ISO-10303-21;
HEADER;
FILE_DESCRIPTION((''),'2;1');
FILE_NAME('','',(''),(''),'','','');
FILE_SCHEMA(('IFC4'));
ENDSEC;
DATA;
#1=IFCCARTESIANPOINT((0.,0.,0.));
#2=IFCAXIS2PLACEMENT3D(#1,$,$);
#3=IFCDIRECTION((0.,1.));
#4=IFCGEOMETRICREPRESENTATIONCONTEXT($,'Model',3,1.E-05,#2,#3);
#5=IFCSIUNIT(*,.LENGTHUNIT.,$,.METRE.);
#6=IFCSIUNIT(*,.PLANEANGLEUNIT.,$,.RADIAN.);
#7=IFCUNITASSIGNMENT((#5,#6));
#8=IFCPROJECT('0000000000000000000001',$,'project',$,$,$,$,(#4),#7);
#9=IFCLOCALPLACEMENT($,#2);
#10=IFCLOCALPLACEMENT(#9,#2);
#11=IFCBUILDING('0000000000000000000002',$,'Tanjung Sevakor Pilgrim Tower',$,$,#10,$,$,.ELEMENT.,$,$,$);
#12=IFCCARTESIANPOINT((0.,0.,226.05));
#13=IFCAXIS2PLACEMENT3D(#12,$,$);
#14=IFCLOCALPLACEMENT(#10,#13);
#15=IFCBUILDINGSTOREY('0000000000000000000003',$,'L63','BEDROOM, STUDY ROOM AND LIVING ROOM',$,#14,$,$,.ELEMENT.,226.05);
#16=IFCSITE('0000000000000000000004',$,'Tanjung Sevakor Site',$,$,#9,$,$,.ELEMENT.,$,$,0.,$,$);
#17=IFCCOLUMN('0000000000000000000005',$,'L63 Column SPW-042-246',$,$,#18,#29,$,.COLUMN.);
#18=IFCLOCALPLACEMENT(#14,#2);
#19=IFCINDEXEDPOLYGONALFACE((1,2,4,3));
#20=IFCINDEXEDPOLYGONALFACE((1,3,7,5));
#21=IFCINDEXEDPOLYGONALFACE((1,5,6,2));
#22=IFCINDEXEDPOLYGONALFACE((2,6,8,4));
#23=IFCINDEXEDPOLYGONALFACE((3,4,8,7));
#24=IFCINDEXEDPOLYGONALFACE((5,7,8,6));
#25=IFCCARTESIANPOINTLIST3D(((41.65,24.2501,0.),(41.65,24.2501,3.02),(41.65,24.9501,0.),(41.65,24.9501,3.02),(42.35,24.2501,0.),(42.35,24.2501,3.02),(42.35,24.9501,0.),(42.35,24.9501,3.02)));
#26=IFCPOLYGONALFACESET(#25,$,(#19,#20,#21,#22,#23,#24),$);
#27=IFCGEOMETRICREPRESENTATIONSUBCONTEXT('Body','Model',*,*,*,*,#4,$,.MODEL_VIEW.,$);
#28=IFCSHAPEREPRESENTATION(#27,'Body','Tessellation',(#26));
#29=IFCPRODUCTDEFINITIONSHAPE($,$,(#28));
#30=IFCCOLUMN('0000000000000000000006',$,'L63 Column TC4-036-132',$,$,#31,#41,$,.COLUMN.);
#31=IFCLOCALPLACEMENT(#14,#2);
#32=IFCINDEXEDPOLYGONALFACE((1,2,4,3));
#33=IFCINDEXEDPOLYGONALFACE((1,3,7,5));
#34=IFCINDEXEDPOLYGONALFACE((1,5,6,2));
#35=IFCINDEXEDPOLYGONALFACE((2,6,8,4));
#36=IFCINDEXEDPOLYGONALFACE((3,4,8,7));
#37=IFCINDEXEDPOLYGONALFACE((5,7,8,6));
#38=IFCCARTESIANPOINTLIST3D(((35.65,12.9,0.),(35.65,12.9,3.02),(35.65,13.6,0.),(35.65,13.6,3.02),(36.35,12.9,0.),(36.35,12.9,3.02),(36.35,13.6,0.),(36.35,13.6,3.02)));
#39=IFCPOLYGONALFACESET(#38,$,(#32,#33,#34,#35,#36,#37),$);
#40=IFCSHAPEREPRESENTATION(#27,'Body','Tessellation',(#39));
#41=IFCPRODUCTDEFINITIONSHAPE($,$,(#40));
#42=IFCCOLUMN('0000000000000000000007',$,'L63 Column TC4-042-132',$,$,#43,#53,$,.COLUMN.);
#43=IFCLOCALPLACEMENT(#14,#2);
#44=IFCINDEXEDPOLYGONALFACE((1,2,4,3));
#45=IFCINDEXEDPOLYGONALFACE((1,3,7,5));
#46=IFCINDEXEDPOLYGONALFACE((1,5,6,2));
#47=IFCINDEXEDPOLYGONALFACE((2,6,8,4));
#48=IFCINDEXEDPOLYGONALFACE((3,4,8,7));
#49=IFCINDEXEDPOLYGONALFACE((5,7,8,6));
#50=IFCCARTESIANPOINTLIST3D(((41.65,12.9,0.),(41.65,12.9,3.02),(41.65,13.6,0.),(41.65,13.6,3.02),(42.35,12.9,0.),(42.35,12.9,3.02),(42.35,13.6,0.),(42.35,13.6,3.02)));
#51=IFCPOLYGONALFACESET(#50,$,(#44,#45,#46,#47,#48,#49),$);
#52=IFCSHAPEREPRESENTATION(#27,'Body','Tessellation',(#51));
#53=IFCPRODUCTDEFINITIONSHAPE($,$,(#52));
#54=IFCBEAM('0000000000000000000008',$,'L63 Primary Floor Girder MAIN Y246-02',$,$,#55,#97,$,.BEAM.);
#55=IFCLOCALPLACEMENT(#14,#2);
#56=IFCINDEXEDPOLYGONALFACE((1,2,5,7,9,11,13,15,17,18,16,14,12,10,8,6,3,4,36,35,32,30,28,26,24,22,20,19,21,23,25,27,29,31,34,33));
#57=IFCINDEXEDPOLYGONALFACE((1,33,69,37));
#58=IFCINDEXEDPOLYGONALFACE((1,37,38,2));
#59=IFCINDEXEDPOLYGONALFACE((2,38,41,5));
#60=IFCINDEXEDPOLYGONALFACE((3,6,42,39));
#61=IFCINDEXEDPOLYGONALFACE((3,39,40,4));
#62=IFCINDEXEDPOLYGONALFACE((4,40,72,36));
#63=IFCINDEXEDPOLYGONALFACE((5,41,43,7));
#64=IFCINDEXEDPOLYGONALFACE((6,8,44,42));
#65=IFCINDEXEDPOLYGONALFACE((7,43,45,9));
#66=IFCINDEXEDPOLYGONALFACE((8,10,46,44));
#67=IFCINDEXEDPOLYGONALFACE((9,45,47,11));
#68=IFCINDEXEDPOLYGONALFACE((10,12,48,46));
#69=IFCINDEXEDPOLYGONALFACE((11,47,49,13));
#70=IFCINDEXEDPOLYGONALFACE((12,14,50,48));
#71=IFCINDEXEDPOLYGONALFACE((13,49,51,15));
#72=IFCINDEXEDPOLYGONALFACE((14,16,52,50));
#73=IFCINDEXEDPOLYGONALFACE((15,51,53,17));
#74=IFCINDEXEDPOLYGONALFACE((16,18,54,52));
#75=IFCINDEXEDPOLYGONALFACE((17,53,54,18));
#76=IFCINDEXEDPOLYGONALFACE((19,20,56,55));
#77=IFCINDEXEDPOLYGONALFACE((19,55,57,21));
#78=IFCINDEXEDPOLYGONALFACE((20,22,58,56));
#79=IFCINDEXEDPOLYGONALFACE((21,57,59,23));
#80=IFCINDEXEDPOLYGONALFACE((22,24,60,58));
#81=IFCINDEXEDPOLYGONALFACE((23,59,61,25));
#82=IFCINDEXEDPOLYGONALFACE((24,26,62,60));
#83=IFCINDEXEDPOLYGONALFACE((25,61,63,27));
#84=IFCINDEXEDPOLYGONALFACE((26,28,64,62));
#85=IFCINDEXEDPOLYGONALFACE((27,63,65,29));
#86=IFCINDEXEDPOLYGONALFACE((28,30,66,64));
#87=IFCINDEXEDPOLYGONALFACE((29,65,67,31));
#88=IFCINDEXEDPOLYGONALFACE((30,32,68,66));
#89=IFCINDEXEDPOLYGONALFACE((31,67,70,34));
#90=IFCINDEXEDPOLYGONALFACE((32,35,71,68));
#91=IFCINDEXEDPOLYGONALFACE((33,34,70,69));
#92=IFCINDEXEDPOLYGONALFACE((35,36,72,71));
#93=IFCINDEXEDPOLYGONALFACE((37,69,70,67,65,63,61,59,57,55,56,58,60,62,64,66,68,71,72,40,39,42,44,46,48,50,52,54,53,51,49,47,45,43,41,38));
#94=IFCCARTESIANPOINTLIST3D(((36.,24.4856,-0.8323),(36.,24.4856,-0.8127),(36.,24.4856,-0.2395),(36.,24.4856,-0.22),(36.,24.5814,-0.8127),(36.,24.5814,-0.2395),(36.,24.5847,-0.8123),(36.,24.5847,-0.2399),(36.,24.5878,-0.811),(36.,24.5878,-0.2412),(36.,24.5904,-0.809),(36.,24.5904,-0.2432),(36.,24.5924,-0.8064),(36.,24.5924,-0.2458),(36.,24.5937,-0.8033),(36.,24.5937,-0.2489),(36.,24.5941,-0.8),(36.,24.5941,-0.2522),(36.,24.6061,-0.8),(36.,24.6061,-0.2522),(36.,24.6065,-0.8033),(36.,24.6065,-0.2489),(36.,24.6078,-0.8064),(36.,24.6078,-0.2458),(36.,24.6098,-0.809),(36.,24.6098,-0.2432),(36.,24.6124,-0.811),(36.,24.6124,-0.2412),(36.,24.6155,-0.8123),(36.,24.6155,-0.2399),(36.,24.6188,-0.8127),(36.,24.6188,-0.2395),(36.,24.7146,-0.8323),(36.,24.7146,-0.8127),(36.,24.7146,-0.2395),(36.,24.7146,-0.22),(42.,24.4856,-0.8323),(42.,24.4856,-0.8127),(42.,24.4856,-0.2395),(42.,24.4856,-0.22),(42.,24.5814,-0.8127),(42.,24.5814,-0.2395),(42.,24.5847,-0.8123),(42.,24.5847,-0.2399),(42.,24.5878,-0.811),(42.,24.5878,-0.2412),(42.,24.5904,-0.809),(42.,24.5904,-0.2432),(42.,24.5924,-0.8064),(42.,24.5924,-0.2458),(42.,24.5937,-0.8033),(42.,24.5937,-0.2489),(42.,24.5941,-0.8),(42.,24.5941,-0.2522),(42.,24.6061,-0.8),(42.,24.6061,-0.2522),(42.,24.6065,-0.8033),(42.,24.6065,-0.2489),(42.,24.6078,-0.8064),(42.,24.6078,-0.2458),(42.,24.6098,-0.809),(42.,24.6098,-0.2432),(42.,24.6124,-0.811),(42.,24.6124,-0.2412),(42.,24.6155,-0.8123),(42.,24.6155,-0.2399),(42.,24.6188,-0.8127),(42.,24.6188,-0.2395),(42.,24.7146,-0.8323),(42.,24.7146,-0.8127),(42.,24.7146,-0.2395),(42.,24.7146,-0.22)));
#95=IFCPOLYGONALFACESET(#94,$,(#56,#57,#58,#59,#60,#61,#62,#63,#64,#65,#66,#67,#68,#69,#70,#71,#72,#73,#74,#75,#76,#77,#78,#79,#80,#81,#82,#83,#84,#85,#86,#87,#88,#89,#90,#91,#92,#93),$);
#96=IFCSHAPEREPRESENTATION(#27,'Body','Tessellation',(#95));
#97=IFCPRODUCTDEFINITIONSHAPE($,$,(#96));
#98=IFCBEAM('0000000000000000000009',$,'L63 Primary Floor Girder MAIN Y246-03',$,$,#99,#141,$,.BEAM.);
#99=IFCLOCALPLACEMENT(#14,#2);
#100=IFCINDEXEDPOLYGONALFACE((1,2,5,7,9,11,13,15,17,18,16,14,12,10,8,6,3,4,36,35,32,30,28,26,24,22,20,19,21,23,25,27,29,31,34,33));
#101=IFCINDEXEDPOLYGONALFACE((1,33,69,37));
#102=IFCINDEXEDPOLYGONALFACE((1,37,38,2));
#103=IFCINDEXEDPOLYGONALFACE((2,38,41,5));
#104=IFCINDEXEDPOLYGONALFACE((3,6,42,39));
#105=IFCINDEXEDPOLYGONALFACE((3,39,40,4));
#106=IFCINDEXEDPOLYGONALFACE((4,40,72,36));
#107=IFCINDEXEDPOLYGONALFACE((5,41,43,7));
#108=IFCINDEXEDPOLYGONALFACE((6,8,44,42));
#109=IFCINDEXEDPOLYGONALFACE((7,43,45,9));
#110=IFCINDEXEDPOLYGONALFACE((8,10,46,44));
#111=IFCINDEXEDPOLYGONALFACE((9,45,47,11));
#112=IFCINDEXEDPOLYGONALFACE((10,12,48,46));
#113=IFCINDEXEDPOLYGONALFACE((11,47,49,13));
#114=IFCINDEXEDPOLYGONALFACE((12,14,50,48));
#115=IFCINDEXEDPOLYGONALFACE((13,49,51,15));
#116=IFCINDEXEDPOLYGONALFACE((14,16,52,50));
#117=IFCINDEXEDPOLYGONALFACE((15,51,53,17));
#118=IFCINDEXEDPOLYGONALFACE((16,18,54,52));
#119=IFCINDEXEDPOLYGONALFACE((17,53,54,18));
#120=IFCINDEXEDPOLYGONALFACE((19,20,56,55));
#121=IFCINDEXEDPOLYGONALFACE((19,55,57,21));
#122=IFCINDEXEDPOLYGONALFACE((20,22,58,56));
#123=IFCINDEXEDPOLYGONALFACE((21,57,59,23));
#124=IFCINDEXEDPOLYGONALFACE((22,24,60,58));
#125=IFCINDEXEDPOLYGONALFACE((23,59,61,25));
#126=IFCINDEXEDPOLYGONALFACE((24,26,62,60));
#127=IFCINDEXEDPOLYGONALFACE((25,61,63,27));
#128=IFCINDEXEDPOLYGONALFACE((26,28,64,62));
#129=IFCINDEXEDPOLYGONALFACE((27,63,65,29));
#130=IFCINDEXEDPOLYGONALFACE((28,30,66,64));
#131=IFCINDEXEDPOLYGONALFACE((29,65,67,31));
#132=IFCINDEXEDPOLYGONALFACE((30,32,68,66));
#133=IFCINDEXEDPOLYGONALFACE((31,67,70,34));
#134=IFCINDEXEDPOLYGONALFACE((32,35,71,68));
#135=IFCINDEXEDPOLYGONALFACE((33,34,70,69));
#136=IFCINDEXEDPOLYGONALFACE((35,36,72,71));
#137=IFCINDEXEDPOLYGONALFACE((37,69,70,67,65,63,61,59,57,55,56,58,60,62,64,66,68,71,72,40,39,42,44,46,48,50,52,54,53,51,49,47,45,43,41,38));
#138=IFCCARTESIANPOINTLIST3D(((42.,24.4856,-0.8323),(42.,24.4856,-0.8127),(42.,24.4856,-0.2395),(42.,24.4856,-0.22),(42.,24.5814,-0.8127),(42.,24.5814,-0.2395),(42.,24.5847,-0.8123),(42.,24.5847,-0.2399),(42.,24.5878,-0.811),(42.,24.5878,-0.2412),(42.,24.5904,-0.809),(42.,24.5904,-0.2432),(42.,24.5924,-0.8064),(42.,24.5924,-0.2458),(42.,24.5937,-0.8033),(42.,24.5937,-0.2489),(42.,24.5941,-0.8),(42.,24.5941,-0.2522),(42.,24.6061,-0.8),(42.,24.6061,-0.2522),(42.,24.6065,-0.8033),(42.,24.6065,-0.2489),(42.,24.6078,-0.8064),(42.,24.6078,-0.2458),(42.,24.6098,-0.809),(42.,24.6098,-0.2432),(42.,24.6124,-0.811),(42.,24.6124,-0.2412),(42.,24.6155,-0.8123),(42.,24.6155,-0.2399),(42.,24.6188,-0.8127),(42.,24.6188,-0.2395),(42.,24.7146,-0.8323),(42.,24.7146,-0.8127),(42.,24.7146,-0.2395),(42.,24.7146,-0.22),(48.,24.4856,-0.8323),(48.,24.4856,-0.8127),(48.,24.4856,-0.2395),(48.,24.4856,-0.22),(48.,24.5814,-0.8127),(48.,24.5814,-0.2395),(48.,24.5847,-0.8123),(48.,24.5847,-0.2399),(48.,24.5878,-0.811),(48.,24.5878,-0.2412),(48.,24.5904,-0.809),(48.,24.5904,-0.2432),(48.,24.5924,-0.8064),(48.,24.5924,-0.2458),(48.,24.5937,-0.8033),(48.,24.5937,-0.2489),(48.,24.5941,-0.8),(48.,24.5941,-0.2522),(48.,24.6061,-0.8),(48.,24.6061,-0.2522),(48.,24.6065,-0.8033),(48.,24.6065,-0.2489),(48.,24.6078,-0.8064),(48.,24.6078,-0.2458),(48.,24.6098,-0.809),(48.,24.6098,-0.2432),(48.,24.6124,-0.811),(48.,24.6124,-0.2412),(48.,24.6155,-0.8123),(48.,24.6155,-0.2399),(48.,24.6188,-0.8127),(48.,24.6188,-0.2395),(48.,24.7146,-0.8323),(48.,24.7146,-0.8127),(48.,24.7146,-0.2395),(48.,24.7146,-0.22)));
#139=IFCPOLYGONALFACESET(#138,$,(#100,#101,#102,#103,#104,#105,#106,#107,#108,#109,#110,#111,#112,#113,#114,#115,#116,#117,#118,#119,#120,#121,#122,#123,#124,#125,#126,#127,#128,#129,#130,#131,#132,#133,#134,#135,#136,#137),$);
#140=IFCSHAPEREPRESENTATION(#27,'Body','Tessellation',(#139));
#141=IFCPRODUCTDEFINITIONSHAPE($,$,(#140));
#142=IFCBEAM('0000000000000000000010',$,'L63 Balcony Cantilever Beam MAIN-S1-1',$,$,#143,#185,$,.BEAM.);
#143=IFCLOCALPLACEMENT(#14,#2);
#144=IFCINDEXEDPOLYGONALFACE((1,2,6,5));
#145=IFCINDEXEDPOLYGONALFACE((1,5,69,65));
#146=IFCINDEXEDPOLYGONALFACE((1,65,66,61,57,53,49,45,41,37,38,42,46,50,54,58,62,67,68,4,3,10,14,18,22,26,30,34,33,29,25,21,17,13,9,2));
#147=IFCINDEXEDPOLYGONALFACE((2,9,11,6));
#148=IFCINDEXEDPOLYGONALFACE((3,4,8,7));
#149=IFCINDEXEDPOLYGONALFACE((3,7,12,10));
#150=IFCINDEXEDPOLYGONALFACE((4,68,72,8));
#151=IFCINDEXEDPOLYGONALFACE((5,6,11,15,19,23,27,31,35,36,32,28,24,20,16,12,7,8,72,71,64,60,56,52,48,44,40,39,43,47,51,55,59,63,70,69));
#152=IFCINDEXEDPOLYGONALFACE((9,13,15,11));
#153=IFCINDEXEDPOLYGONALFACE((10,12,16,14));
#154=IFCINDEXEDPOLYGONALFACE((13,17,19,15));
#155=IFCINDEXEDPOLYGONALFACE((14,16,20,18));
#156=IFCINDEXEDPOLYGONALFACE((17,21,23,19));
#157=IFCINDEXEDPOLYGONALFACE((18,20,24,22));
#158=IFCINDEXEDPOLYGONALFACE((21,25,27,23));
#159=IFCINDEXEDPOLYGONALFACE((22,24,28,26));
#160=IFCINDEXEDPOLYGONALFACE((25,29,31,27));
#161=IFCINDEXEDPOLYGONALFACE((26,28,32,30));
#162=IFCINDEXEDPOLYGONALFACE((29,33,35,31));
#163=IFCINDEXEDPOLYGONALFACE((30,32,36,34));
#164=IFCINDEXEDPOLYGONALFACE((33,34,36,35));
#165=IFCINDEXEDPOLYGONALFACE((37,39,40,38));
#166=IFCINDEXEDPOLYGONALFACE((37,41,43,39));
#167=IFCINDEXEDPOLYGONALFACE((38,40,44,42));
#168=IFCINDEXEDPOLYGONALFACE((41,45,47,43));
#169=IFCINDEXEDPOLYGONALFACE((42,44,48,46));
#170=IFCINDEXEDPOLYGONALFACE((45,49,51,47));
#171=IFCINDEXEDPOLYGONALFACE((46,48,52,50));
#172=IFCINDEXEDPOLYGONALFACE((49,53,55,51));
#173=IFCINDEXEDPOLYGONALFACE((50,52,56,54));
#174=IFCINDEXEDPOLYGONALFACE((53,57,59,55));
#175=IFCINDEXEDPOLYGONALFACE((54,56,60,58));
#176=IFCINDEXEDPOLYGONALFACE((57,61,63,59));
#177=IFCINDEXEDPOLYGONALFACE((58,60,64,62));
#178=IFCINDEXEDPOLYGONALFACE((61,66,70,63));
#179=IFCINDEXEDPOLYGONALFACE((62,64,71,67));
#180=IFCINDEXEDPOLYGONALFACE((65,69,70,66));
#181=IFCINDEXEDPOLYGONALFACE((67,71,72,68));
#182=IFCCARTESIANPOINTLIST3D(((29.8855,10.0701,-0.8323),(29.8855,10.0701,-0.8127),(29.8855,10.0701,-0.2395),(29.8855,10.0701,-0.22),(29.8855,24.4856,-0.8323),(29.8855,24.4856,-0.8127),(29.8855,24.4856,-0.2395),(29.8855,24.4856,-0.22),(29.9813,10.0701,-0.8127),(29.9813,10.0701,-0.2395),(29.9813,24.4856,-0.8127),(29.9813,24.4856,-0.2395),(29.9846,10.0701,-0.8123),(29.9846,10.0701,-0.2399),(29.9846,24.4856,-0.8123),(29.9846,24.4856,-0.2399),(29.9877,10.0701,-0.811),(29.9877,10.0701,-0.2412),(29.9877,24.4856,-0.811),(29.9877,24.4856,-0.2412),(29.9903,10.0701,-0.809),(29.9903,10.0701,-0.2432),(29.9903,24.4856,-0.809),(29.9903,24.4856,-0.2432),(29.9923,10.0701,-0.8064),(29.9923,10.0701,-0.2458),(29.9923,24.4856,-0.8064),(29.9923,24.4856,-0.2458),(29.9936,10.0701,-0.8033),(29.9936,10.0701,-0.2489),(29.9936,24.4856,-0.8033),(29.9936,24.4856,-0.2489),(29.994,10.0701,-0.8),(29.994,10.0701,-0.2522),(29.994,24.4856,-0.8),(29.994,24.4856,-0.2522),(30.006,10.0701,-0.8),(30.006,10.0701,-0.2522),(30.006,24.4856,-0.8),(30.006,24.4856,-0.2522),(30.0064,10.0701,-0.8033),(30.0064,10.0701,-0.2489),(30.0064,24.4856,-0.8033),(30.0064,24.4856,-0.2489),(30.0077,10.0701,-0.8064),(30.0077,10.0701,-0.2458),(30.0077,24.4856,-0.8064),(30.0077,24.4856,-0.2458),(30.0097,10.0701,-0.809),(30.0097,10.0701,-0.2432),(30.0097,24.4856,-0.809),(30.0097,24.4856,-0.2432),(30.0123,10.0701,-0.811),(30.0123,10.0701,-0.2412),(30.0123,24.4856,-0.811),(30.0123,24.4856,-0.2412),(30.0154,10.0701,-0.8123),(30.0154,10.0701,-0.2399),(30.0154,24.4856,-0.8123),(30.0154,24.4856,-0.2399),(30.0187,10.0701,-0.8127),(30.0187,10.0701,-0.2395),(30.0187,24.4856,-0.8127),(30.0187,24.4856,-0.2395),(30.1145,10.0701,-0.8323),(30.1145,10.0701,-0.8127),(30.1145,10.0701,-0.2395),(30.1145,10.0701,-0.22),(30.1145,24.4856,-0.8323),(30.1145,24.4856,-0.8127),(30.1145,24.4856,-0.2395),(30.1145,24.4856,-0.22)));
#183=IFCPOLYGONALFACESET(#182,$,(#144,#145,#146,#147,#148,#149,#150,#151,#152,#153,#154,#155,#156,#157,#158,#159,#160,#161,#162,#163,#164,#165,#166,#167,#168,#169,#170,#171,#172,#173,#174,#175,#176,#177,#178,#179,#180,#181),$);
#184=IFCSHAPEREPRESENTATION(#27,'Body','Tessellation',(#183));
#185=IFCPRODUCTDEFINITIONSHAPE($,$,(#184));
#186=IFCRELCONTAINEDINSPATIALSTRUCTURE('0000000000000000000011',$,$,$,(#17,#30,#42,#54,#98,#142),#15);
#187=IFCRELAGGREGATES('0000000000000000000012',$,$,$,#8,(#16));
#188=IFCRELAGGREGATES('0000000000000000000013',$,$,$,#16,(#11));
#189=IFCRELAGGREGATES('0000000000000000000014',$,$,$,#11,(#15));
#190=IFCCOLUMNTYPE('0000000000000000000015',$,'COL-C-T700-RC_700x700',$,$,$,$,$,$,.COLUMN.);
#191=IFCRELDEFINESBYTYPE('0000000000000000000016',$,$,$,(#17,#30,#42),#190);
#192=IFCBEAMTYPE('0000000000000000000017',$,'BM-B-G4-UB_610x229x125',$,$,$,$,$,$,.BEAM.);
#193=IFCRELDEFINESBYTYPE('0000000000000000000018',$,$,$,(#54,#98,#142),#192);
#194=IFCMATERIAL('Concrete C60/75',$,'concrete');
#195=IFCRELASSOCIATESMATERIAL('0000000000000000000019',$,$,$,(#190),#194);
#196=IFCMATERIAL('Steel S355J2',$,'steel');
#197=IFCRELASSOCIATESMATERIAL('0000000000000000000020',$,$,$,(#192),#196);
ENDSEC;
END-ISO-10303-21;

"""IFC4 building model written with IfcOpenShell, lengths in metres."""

from ifc_helpers import new_model, si_unit, direction, frame, origin, origin_2d, place, context, subcontext, project, spatial, rectangle, i_section, extrude, material, material_profile, profile_set, type_object, element, save


model = new_model("IFC4")

# Units and contexts
model_context = context("Model", 3, precision=1e-05, world=origin(), true_north=direction((0.0, 1.0)))
body_context = subcontext(model_context, "Body", "Model", "MODEL_VIEW")
ifc_project = project(units=[si_unit("LENGTHUNIT", "METRE"), si_unit("PLANEANGLEUNIT", "RADIAN")], contexts=[model_context])

# Site, building, storey
site_placement = place(None, origin())
site = spatial("IfcSite", under=ifc_project, at=site_placement, Name="Tanjung Sevakor Site", CompositionType="ELEMENT", RefElevation=0.0)
building_placement = place(site_placement, origin())
building = spatial("IfcBuilding", under=site, at=building_placement, Name="Tanjung Sevakor Pilgrim Tower", CompositionType="ELEMENT")
storey_placement = place(building_placement, frame((0.0, 0.0, 226.05)))
storey = spatial("IfcBuildingStorey", under=building, at=storey_placement, Name="L63", Description="BEDROOM, STUDY ROOM AND LIVING ROOM", CompositionType="ELEMENT", Elevation=226.05)

# Columns
ifc_material_1 = material(Name="Concrete C60/75", Category="concrete")
ifc_material_profile_1 = material_profile(ifc_material_1, rectangle(XDim=0.7, YDim=0.7, at=origin_2d()))
ifc_profile_set_1 = profile_set([ifc_material_profile_1], Name="Concrete C60/75")
column_type = type_object("IfcColumnType", Name="COL-C-T700-RC_700x700", PredefinedType="COLUMN", material=ifc_profile_set_1)
for number, where, z_axis, x_axis, name in (
    (1, (42.0, 24.6001, 0.0), (0.0, 0.0, 1.0), (1.0, 0.0, 0.0), "L63 Column SPW-042-246"),
    (2, (36.0, 13.25, 0.0), (0.0, 0.0, 1.0), (1.0, 0.0, 0.0), "L63 Column TC4-036-132"),
    (3, (42.0, 13.25, 0.0), (0.0, 0.0, 1.0), (1.0, 0.0, 0.0), "L63 Column TC4-042-132"),
):
    element("IfcColumn", number, at=place(storey_placement, frame(where, z_axis=z_axis, x_axis=x_axis)), inside=storey, type_object=column_type, Name=name, PredefinedType="COLUMN", context=body_context, shape_type="SweptSolid", body=[
        extrude(rectangle(XDim=0.7, YDim=0.7, at=origin_2d()), origin(), (0.0, 0.0, 1.0), 3.02),
    ])

# Beams
ifc_material_2 = material(Name="Steel S355J2", Category="steel")
ifc_material_profile_2 = material_profile(ifc_material_2, i_section(OverallWidth=0.229, OverallDepth=0.6123, WebThickness=0.012, FlangeThickness=0.0195, FilletRadius=0.0127, at=origin_2d()))
ifc_profile_set_2 = profile_set([ifc_material_profile_2], Name="Steel S355J2")
beam_type_1 = type_object("IfcBeamType", Name="BM-B-G4-UB_610x229x125", PredefinedType="BEAM", material=ifc_profile_set_2)
for number, where, z_axis, x_axis, name in (
    (4, (36.0, 24.6001, -0.5261), (1.0, 0.0, 0.0), (0.0, 1.0, 0.0), "L63 Primary Floor Girder MAIN Y246-02"),
    (5, (42.0, 24.6001, -0.5261), (1.0, 0.0, 0.0), (0.0, 1.0, 0.0), "L63 Primary Floor Girder MAIN Y246-03"),
):
    element("IfcBeam", number, at=place(storey_placement, frame(where, z_axis=z_axis, x_axis=x_axis)), inside=storey, type_object=beam_type_1, Name=name, PredefinedType="BEAM", context=body_context, shape_type="SweptSolid", body=[
        extrude(i_section(OverallWidth=0.229, OverallDepth=0.6123, WebThickness=0.012, FlangeThickness=0.0195, FilletRadius=0.0127, at=origin_2d()), origin(), (0.0, 0.0, 1.0), 6.0),
    ])
for number, where, z_axis, x_axis, name in (
    (6, (30.0, 24.4856, -0.5261), (0.0, -1.0, 0.0), (1.0, 0.0, 0.0), "L63 Balcony Cantilever Beam MAIN-S1-1"),
):
    element("IfcBeam", number, at=place(storey_placement, frame(where, z_axis=z_axis, x_axis=x_axis)), inside=storey, type_object=beam_type_1, Name=name, PredefinedType="BEAM", context=body_context, shape_type="SweptSolid", body=[
        extrude(i_section(OverallWidth=0.229, OverallDepth=0.6123, WebThickness=0.012, FlangeThickness=0.0195, FilletRadius=0.0127, at=origin_2d()), origin(), (0.0, 0.0, 1.0), 14.4155),
    ])

save(model, "model.ifc")
